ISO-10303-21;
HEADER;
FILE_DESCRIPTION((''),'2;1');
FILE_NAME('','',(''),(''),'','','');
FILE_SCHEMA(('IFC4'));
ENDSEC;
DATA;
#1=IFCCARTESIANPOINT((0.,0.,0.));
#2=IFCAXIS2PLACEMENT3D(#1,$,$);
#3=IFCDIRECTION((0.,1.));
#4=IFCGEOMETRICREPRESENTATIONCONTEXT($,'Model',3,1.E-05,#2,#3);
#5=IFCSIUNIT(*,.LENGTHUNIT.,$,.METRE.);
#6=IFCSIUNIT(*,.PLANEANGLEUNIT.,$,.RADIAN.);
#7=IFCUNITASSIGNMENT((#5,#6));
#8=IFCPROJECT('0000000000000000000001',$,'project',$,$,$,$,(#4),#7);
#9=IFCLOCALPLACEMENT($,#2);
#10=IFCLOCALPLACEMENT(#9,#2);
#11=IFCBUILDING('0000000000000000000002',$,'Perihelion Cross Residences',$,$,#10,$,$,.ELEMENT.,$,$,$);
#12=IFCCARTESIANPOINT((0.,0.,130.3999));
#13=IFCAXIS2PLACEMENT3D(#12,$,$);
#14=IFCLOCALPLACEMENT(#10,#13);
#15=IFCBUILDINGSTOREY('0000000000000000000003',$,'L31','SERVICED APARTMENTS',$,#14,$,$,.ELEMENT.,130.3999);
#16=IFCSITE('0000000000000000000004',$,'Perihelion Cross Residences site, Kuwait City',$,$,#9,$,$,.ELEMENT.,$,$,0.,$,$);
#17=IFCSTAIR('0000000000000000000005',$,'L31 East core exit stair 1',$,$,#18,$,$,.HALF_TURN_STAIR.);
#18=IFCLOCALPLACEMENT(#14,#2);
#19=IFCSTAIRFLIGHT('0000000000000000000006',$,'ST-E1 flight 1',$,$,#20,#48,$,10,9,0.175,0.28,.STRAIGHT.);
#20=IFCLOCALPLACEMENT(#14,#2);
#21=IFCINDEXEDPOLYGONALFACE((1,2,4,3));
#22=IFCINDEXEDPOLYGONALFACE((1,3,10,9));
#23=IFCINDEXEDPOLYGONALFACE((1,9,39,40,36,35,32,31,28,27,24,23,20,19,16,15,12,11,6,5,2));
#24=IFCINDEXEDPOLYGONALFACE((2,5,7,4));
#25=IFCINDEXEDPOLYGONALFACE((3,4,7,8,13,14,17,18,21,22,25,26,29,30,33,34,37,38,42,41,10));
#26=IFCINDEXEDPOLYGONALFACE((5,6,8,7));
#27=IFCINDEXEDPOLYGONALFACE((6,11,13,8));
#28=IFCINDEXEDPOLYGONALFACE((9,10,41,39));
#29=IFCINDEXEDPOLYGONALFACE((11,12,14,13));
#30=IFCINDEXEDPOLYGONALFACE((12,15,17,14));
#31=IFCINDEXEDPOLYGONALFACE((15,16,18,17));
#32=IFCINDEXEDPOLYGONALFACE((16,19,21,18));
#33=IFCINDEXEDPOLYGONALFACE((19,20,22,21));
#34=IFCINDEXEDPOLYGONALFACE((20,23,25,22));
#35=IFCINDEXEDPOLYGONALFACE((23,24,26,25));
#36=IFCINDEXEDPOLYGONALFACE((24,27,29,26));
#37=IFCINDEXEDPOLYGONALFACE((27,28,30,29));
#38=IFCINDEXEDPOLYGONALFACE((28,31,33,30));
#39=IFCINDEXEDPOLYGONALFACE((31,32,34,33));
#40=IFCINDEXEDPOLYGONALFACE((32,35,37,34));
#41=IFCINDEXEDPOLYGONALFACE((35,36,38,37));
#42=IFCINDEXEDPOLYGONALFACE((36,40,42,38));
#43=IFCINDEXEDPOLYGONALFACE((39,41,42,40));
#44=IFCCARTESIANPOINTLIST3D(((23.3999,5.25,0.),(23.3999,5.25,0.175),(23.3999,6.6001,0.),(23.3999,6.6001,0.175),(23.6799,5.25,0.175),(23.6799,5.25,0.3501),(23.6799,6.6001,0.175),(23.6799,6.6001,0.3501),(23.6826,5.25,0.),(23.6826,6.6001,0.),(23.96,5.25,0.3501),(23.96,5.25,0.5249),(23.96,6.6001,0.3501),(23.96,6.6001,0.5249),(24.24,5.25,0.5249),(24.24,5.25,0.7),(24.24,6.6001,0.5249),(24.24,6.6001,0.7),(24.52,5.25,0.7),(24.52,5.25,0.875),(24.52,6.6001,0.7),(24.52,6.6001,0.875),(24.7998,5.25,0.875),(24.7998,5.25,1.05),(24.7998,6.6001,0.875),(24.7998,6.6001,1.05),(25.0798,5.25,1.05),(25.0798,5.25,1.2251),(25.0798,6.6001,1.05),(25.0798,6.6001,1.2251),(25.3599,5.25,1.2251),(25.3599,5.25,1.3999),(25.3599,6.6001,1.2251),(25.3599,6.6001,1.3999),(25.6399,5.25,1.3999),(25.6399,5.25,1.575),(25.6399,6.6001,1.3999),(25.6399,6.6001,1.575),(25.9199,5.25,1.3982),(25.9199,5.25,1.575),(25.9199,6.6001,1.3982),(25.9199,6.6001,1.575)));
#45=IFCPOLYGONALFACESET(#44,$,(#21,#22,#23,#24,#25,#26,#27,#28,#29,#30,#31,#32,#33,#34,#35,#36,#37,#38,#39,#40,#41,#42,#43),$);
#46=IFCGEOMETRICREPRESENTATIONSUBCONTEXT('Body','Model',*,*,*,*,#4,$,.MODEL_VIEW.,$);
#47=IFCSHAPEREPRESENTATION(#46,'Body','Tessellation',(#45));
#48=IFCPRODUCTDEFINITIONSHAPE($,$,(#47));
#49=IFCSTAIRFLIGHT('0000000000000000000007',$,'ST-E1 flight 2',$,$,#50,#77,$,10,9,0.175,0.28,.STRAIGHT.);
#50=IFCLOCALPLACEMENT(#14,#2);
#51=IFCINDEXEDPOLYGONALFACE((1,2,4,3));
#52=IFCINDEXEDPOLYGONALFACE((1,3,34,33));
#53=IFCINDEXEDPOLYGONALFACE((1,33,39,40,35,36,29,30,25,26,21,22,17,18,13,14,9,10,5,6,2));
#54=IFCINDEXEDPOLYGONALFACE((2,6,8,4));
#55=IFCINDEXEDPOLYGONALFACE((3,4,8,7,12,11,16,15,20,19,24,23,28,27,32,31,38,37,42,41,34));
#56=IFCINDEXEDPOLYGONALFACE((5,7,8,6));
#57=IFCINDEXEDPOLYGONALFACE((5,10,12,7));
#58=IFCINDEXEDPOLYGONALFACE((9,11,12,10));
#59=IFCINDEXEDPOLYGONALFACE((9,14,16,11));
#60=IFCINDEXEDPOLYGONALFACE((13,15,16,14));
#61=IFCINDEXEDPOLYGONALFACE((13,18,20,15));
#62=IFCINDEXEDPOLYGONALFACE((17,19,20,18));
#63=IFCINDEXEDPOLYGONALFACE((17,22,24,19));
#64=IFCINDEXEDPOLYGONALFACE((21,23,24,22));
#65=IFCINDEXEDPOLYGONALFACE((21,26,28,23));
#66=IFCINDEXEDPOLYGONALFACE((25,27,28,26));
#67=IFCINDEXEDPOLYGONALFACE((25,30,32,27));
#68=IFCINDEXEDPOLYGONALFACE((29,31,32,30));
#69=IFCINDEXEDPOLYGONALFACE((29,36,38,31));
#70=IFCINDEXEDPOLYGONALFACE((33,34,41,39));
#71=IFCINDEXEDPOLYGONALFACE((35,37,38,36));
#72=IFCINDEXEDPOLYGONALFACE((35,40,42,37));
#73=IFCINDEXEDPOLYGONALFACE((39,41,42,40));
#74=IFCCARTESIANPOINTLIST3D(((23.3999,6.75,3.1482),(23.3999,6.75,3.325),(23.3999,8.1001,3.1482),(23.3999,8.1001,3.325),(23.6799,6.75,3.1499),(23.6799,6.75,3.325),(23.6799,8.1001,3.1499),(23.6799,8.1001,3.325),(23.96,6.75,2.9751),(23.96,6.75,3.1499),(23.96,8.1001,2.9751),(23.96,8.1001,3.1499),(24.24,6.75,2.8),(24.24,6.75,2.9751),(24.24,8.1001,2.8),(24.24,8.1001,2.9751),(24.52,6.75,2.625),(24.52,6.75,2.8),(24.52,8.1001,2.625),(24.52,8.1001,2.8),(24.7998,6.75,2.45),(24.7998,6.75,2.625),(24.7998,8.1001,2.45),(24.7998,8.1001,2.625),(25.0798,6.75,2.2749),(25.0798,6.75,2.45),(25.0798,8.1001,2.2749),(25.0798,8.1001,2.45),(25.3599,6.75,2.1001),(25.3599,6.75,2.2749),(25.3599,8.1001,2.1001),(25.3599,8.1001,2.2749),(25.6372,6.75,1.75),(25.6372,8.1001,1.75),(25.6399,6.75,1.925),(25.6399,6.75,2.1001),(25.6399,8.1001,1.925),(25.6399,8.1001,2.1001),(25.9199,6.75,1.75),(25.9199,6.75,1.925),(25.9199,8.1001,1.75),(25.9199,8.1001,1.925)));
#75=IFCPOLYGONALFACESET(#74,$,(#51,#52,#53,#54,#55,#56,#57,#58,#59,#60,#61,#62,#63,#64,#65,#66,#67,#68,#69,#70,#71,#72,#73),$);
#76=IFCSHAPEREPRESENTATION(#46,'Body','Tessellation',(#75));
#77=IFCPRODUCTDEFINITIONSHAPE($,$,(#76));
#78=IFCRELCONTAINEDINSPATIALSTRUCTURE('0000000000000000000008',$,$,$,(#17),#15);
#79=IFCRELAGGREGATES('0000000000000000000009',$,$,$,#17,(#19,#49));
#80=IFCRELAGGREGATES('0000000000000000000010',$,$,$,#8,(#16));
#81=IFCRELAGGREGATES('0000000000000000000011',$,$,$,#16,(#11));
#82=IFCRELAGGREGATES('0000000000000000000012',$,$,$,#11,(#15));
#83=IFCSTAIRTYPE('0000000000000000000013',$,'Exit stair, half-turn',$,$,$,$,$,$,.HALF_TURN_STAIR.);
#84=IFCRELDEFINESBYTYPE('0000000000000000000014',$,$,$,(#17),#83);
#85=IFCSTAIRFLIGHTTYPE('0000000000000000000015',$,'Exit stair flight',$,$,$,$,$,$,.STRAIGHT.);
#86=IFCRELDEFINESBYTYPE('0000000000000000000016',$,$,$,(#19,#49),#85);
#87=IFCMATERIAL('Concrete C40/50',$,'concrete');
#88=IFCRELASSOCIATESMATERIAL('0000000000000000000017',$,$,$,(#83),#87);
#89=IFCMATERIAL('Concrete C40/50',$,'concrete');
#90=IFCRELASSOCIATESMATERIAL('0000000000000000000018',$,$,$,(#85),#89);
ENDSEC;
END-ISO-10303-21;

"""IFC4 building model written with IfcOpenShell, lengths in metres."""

from ifc_helpers import new_model, si_unit, direction, frame, origin, place, context, subcontext, project, spatial, polyline, outline, extrude, material, type_object, element, aggregate, save


model = new_model("IFC4")

# Units and contexts
model_context = context("Model", 3, precision=1e-05, world=origin(), true_north=direction((0.0, 1.0)))
body_context = subcontext(model_context, "Body", "Model", "MODEL_VIEW")
ifc_project = project(units=[si_unit("LENGTHUNIT", "METRE"), si_unit("PLANEANGLEUNIT", "RADIAN")], contexts=[model_context])

# Site, building, storey
site_placement = place(None, origin())
site = spatial("IfcSite", under=ifc_project, at=site_placement, Name="Perihelion Cross Residences site, Kuwait City", CompositionType="ELEMENT", RefElevation=0.0)
building_placement = place(site_placement, origin())
building = spatial("IfcBuilding", under=site, at=building_placement, Name="Perihelion Cross Residences", CompositionType="ELEMENT")
storey_placement = place(building_placement, frame((0.0, 0.0, 130.3999)))
storey = spatial("IfcBuildingStorey", under=building, at=storey_placement, Name="L31", Description="SERVICED APARTMENTS", CompositionType="ELEMENT", Elevation=130.3999)

# Stair, stair flights
ifc_material_1 = material(Name="Concrete C40/50", Category="concrete")
stair_type = type_object("IfcStairType", Name="Exit stair, half-turn", PredefinedType="HALF_TURN_STAIR", material=ifc_material_1)
stair_placement = place(storey_placement, origin())
stair = element("IfcStair", 1, at=stair_placement, inside=storey, type_object=stair_type, Name="L31 East core exit stair 1", PredefinedType="HALF_TURN_STAIR")
ifc_material_2 = material(Name="Concrete C40/50", Category="concrete")
stair_flight_type = type_object("IfcStairFlightType", Name="Exit stair flight", PredefinedType="STRAIGHT", material=ifc_material_2)
stair_flight_1_placement = place(storey_placement, frame((23.3999, 5.925, 0.0), z_axis=(0.0, 0.0, 1.0), x_axis=(1.0, 0.0, 0.0)))
stair_flight_1 = element("IfcStairFlight", 2, at=stair_flight_1_placement, type_object=stair_flight_type, Name="ST-E1 flight 1", NumberOfRisers=10, NumberOfTreads=9, PredefinedType="STRAIGHT", RiserHeight=0.175, TreadLength=0.28, context=body_context, shape_type="SweptSolid", body=[
    extrude(outline(polyline([(0.0, 0.0), (0.0, 0.175), (0.28, 0.175), (0.28, 0.3501), (0.5601, 0.3501), (0.5601, 0.5249), (0.8401, 0.5249), (0.8401, 0.7), (1.1201, 0.7), (1.1201, 0.875), (1.3999, 0.875), (1.3999, 1.05), (1.6799, 1.05), (1.6799, 1.2251), (1.96, 1.2251), (1.96, 1.3999), (2.24, 1.3999), (2.24, 1.575), (2.52, 1.575), (2.52, 1.75), (2.52, 1.3982), (0.2827, 0.0), (0.0, 0.0)])), frame((0.0, 0.675, 0.0), z_axis=(0.0, -1.0, 0.0), x_axis=(1.0, 0.0, 0.0)), (0.0, 0.0, 1.0), 1.3501),
])
stair_flight_2_placement = place(storey_placement, frame((25.9199, 7.425, 1.75), z_axis=(0.0, 0.0, 1.0), x_axis=(-1.0, 0.0, 0.0)))
stair_flight_2 = element("IfcStairFlight", 3, at=stair_flight_2_placement, type_object=stair_flight_type, Name="ST-E1 flight 2", NumberOfRisers=10, NumberOfTreads=9, PredefinedType="STRAIGHT", RiserHeight=0.175, TreadLength=0.28, context=body_context, shape_type="SweptSolid", body=[
    extrude(outline(polyline([(0.0, 0.0), (0.0, 0.175), (0.28, 0.175), (0.28, 0.3501), (0.5601, 0.3501), (0.5601, 0.5249), (0.8401, 0.5249), (0.8401, 0.7), (1.1201, 0.7), (1.1201, 0.875), (1.3999, 0.875), (1.3999, 1.05), (1.6799, 1.05), (1.6799, 1.2251), (1.96, 1.2251), (1.96, 1.3999), (2.24, 1.3999), (2.24, 1.575), (2.52, 1.575), (2.52, 1.75), (2.52, 1.3982), (0.2827, 0.0), (0.0, 0.0)])), frame((0.0, 0.675, 0.0), z_axis=(0.0, -1.0, 0.0), x_axis=(1.0, 0.0, 0.0)), (0.0, 0.0, 1.0), 1.3501),
])
aggregate(stair, [stair_flight_1, stair_flight_2])

save(model, "model.ifc")
